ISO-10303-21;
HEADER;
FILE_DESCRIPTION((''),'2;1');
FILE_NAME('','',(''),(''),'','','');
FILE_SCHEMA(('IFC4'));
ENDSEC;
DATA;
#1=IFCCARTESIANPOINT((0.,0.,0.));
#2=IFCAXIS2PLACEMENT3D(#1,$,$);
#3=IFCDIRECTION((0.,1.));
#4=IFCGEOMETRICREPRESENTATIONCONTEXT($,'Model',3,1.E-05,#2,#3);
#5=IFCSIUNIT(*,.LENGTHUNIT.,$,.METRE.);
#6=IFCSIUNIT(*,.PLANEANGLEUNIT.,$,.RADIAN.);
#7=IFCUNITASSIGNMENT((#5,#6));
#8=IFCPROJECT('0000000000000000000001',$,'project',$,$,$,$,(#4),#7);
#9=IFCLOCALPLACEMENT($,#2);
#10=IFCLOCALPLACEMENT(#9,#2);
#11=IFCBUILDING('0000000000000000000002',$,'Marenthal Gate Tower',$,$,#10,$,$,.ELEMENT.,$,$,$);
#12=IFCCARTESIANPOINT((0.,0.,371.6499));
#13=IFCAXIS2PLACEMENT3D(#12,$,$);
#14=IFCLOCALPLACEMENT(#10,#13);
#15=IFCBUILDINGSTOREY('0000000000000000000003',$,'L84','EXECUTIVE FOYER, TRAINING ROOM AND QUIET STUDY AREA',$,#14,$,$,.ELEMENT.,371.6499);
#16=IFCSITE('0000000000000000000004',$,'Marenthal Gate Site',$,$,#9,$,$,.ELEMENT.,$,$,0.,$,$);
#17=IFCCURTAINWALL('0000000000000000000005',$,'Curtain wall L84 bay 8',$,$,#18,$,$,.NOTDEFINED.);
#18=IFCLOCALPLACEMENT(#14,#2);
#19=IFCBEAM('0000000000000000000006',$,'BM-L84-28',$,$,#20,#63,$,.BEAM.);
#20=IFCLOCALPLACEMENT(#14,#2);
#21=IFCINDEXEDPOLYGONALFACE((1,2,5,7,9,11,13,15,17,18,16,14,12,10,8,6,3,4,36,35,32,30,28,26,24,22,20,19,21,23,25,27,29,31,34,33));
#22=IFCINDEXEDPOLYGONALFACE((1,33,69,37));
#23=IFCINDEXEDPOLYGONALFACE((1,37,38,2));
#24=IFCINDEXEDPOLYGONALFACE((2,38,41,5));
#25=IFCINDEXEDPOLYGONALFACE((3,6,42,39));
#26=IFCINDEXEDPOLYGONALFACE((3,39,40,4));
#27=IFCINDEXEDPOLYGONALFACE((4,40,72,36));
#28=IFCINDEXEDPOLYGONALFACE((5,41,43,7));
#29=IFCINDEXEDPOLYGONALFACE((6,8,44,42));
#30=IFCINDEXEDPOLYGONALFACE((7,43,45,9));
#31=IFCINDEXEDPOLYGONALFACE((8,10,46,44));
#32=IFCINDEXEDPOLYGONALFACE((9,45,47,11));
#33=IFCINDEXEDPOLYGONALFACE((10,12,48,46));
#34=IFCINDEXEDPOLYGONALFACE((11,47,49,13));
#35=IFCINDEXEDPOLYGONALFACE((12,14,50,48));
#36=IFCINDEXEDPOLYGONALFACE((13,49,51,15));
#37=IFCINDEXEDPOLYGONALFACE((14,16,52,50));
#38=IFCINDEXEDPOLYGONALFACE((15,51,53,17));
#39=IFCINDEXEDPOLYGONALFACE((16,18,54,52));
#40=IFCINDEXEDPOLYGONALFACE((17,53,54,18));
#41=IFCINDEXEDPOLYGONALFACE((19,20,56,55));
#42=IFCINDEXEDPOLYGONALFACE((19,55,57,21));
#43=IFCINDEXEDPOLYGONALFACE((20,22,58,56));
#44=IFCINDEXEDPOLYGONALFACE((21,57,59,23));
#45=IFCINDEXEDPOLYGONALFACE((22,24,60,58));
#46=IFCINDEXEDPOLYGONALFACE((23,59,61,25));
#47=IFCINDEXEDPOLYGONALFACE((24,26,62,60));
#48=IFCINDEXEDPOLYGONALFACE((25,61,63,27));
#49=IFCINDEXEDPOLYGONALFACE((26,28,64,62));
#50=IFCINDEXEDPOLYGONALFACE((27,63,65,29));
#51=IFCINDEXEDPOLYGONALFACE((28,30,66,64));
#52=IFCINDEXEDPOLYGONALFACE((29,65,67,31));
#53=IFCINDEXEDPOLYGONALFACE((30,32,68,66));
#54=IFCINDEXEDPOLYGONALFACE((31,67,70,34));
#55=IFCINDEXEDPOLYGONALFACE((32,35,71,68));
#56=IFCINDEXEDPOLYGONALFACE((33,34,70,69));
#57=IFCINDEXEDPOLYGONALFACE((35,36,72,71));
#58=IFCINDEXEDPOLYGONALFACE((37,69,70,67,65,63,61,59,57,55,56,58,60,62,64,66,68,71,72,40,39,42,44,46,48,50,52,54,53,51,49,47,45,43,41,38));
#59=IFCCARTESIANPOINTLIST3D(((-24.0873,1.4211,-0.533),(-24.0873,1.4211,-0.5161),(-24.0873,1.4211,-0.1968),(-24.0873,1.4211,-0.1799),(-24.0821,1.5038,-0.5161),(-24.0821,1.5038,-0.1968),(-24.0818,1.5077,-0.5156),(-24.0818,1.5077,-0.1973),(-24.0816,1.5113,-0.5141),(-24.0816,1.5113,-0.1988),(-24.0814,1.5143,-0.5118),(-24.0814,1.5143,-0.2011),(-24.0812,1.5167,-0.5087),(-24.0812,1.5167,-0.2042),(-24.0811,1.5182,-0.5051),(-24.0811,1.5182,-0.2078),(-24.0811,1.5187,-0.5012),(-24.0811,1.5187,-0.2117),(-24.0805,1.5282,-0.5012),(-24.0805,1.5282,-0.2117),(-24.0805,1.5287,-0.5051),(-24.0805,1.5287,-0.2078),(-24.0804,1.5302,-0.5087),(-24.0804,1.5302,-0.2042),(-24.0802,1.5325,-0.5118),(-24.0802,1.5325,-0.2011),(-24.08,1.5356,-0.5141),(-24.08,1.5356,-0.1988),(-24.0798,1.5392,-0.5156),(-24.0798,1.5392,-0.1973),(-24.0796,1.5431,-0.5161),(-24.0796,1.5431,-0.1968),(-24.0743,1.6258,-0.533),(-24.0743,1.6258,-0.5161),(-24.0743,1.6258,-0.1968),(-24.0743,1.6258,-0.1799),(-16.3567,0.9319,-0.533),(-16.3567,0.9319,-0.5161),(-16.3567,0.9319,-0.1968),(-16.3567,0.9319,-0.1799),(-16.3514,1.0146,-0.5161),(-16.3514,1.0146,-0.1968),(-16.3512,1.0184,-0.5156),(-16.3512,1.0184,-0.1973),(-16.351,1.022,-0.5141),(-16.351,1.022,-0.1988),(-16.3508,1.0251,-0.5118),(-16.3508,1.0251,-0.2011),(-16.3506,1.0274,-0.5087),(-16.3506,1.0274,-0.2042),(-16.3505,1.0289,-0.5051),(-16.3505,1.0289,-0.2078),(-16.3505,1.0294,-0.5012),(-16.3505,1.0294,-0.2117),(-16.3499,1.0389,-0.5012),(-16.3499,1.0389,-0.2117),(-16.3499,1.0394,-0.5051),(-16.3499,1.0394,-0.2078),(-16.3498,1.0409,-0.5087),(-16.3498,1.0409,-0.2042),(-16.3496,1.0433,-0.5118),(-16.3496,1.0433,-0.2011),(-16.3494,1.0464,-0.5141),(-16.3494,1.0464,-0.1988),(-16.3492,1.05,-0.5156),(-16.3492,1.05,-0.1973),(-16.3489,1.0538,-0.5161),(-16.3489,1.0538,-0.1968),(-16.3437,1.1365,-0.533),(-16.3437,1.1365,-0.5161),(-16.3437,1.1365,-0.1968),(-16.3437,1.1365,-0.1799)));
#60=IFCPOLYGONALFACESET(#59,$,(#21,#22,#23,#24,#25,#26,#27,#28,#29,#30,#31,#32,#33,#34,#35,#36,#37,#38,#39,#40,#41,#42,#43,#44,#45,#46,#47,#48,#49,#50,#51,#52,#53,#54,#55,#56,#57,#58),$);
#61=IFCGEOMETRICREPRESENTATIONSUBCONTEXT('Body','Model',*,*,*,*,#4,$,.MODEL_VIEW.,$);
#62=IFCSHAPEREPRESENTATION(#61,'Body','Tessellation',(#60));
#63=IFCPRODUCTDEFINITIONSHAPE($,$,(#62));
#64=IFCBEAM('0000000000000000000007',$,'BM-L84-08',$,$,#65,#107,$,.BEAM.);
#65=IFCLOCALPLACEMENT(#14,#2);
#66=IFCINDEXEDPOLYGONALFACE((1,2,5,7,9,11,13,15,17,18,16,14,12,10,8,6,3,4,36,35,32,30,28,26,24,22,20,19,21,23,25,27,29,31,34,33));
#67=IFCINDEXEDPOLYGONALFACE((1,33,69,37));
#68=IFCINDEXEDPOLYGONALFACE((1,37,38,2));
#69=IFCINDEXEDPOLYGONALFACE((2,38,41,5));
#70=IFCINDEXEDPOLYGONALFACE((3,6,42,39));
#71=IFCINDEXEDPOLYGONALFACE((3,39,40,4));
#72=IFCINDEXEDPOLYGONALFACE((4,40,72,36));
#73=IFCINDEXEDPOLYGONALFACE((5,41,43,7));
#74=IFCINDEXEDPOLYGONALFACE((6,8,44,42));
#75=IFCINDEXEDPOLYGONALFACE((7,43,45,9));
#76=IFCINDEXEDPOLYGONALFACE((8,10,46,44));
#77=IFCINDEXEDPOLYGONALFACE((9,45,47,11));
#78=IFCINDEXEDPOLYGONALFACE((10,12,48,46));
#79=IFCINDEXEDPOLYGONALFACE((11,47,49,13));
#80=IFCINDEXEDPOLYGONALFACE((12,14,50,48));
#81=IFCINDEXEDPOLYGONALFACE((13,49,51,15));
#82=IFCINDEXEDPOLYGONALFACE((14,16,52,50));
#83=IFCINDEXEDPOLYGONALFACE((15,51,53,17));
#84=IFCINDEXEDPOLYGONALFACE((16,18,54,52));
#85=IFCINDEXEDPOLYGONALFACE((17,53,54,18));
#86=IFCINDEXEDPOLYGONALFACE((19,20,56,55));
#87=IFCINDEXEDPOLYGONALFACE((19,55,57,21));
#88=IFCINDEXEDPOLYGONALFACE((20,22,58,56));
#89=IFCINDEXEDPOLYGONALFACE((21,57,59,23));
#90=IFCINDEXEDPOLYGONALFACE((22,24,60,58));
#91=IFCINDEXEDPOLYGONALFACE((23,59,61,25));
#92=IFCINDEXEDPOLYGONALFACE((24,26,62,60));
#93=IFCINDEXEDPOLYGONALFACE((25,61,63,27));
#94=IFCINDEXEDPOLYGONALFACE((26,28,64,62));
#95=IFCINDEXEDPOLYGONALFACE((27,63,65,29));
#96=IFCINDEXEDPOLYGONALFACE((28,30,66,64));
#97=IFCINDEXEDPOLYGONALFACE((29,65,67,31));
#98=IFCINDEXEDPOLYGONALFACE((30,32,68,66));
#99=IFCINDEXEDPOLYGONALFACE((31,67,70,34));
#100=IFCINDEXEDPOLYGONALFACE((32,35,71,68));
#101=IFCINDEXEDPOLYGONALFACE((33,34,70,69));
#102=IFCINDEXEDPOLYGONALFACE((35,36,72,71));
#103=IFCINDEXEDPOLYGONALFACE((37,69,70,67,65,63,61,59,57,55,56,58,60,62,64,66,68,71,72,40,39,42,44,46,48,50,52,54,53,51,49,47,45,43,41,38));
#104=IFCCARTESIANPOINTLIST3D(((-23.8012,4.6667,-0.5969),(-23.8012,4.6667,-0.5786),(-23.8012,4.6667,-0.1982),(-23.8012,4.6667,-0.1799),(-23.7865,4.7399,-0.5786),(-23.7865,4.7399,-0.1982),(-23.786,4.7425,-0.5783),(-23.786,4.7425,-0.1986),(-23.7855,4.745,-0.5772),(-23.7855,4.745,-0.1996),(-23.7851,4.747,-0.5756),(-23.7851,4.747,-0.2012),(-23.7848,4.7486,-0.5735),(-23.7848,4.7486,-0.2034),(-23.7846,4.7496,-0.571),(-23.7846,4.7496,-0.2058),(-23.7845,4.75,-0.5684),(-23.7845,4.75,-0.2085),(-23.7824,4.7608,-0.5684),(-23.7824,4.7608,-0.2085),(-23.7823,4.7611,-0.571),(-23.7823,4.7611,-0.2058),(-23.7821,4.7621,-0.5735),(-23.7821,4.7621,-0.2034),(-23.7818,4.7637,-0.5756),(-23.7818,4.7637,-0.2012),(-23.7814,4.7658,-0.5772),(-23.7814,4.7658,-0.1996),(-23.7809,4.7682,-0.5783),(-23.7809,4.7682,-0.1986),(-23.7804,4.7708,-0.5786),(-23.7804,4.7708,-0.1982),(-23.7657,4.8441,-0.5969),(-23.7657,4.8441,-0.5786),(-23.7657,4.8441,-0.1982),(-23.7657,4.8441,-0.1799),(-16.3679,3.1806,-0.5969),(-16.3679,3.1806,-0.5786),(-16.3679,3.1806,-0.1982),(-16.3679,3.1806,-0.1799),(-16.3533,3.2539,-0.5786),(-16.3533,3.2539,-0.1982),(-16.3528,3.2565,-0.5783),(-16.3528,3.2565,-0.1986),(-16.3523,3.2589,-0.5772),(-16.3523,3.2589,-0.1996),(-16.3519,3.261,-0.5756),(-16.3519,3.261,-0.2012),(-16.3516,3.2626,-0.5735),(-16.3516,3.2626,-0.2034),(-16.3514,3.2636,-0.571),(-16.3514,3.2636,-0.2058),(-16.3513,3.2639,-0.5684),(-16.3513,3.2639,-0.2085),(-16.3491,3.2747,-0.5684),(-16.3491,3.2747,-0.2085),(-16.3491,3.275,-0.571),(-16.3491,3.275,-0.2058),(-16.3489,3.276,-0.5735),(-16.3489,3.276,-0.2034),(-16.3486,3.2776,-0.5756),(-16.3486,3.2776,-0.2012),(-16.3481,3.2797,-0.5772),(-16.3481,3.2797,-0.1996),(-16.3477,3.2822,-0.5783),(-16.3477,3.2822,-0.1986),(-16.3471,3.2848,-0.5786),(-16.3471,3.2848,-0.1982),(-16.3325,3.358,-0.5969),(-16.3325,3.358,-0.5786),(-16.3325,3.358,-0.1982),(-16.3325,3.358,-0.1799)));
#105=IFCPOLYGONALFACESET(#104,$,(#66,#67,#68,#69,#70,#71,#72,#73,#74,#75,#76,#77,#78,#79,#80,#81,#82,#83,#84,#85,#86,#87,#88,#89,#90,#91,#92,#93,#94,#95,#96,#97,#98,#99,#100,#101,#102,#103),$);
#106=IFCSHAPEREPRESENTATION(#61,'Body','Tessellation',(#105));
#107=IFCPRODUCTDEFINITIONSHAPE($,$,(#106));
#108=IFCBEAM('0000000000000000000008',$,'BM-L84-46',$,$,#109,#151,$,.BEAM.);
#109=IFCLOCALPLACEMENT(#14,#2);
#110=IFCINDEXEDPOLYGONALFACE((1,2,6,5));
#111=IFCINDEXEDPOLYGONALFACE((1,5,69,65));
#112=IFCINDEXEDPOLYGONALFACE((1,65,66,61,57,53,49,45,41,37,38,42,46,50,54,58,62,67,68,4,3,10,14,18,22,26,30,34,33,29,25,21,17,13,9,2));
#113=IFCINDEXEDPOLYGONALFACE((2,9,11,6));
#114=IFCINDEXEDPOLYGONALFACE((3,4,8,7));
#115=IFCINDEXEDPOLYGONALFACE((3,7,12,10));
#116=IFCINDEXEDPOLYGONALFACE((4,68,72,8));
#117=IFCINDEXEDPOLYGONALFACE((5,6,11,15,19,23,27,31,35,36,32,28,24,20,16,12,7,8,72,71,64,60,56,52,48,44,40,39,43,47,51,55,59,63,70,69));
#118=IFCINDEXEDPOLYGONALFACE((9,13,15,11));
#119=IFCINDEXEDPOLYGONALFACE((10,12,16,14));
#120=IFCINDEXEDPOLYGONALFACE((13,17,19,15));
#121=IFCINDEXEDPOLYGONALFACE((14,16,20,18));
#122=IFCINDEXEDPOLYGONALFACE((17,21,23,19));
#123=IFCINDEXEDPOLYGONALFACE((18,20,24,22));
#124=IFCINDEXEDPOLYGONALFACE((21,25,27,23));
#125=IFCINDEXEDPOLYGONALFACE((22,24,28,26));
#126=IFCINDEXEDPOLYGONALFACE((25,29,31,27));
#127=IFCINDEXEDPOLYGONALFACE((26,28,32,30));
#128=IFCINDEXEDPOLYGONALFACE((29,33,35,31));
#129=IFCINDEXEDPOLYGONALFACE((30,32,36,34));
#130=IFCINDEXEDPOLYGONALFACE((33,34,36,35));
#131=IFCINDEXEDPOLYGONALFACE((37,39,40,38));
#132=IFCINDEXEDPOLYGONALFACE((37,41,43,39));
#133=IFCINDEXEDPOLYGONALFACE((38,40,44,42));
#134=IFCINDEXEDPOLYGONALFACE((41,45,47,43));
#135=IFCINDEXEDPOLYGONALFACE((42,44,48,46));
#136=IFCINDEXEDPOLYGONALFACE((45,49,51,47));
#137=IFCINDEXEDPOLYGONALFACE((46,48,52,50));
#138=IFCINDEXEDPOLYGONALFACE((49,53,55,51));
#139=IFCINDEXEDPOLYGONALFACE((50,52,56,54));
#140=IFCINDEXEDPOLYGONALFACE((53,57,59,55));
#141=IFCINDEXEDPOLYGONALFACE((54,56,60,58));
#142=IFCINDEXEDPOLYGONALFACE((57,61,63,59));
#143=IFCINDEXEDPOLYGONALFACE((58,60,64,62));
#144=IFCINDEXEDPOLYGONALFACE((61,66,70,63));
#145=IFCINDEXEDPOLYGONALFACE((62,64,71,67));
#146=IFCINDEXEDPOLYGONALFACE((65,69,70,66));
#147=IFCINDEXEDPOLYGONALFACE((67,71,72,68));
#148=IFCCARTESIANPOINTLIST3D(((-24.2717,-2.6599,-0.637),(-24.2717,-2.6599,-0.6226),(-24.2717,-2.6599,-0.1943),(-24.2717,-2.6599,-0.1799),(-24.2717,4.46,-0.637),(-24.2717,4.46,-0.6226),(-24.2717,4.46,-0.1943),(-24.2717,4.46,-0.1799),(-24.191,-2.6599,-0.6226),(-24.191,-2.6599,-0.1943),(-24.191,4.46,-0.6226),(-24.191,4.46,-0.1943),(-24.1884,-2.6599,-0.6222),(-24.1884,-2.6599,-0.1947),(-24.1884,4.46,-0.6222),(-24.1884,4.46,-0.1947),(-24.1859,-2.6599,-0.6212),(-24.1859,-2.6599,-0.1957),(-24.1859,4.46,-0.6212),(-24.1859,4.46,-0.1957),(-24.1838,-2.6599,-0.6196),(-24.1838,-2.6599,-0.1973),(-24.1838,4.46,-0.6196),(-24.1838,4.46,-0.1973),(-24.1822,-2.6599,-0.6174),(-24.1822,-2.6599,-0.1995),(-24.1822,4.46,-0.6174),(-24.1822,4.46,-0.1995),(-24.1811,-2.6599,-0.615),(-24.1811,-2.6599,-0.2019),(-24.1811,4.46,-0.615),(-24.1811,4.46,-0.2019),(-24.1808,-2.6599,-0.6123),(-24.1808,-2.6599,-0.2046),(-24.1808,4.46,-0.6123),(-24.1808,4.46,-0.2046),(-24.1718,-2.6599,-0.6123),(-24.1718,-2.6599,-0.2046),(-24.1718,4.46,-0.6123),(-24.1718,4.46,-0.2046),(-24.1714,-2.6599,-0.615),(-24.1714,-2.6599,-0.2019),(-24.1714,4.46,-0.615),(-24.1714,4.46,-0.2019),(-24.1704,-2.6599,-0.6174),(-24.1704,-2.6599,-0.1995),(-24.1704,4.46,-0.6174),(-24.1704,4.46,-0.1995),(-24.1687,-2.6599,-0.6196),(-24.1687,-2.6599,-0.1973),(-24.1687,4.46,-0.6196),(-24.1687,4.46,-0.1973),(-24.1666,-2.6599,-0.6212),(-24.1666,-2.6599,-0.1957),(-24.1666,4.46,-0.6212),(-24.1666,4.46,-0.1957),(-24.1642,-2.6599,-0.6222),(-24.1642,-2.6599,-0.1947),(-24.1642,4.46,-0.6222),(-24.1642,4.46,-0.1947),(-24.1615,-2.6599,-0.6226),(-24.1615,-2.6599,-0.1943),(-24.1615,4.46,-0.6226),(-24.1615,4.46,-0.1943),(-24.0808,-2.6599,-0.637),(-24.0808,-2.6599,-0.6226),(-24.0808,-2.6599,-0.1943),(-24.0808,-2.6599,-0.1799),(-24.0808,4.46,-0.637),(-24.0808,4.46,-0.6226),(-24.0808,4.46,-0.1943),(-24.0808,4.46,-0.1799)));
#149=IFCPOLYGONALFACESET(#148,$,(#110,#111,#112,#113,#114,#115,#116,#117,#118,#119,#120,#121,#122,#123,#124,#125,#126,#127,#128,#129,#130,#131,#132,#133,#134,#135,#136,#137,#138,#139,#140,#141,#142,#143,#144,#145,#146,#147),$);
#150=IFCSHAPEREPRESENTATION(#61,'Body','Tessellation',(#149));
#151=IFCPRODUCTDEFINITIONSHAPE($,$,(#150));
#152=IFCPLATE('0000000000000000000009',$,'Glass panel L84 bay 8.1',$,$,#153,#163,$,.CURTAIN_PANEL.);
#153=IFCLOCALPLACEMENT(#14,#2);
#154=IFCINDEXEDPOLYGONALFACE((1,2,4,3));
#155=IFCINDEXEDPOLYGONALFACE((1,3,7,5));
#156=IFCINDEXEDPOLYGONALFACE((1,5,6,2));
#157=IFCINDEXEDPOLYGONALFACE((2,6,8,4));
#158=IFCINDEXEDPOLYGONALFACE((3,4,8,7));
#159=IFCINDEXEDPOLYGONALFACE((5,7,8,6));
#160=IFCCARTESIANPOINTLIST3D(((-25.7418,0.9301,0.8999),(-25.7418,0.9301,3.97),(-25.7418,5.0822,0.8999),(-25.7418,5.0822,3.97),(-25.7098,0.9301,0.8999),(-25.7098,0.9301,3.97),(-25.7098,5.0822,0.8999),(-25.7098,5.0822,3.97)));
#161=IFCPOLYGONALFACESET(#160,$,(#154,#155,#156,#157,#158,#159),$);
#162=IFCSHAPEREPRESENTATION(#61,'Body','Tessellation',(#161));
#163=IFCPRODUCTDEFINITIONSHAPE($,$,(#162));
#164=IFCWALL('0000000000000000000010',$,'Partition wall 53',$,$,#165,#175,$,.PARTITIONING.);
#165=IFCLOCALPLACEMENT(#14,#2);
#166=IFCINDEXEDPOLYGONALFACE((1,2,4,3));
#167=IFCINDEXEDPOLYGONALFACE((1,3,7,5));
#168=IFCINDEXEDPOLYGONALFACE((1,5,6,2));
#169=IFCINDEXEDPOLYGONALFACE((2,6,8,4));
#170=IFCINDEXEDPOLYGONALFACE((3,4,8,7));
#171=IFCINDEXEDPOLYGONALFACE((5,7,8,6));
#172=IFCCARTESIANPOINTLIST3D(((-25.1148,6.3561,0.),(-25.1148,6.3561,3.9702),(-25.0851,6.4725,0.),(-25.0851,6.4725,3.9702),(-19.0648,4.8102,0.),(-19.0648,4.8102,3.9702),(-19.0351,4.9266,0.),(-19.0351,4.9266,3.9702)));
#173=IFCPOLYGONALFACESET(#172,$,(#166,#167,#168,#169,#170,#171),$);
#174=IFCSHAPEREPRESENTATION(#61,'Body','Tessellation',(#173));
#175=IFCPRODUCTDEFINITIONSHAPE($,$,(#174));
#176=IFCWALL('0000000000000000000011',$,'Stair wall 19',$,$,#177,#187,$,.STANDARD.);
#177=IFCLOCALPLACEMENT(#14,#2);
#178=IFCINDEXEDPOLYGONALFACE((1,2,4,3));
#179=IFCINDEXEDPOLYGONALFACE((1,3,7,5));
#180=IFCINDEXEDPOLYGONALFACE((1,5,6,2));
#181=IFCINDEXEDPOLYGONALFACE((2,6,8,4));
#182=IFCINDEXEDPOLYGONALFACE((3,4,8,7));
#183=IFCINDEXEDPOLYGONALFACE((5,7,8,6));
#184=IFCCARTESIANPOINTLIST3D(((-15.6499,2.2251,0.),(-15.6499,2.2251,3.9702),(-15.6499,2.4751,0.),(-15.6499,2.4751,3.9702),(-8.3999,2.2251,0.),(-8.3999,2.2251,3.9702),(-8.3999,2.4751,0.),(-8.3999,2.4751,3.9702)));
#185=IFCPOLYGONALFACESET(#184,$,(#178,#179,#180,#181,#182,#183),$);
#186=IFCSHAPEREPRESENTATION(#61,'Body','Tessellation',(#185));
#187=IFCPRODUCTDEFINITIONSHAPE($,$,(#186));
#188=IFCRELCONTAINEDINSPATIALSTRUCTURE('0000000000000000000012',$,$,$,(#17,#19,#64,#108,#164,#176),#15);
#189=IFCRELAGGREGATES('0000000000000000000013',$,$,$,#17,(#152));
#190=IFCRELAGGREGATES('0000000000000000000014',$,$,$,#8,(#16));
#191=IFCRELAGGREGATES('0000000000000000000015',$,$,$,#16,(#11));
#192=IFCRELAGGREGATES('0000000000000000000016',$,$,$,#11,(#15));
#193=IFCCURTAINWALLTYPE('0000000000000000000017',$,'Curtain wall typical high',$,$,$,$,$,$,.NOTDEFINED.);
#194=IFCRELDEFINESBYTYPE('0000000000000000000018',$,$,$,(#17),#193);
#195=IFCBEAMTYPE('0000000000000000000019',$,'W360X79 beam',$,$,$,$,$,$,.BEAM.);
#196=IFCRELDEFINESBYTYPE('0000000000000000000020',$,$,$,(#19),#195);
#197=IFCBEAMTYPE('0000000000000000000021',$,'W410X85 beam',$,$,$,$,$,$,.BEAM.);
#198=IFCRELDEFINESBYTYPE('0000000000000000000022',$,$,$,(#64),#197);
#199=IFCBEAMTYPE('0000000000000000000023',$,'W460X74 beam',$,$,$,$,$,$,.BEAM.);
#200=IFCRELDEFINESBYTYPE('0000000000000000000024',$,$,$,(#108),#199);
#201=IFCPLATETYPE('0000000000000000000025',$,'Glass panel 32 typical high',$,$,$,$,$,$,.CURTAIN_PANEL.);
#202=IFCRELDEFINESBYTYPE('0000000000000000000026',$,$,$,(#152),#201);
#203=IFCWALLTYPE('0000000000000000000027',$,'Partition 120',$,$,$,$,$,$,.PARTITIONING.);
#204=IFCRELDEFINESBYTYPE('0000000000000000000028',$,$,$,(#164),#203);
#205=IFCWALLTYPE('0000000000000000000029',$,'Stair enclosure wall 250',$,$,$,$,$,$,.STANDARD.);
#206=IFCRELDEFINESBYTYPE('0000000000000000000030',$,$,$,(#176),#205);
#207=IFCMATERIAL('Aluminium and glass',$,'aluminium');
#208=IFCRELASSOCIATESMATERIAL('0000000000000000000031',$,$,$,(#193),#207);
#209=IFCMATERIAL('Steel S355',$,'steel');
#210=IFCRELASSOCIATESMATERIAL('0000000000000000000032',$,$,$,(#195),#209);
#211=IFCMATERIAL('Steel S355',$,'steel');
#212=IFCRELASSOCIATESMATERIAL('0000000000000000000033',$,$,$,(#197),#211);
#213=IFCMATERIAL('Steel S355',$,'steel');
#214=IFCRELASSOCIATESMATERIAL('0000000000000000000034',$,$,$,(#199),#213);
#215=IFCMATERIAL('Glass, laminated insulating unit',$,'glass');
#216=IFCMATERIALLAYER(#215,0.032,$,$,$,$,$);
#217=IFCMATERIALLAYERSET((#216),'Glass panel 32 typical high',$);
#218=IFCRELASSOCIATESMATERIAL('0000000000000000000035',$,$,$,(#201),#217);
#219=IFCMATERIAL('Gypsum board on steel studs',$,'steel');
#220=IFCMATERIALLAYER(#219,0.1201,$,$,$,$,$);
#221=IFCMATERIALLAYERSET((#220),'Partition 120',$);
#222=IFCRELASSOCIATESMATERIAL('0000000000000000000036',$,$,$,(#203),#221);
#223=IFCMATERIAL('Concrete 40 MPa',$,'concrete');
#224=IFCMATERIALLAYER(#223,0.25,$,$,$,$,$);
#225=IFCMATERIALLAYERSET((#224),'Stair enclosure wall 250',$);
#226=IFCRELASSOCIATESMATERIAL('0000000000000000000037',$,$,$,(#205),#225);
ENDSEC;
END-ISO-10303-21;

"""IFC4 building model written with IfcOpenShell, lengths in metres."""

from ifc_helpers import new_model, si_unit, direction, frame, frame_2d, origin, origin_2d, place, context, subcontext, project, spatial, rectangle, i_section, extrude, material, layer, layer_set, material_profile, profile_set, type_object, element, aggregate, save


model = new_model("IFC4")

# Units and contexts
model_context = context("Model", 3, precision=1e-05, world=origin(), true_north=direction((0.0, 1.0)))
body_context = subcontext(model_context, "Body", "Model", "MODEL_VIEW")
ifc_project = project(units=[si_unit("LENGTHUNIT", "METRE"), si_unit("PLANEANGLEUNIT", "RADIAN")], contexts=[model_context])

# Site, building, storey
site_placement = place(None, origin())
site = spatial("IfcSite", under=ifc_project, at=site_placement, Name="Marenthal Gate Site", CompositionType="ELEMENT", RefElevation=0.0)
building_placement = place(site_placement, origin())
building = spatial("IfcBuilding", under=site, at=building_placement, Name="Marenthal Gate Tower", CompositionType="ELEMENT")
storey_placement = place(building_placement, frame((0.0, 0.0, 371.6499)))
storey = spatial("IfcBuildingStorey", under=building, at=storey_placement, Name="L84", Description="EXECUTIVE FOYER, TRAINING ROOM AND QUIET STUDY AREA", CompositionType="ELEMENT", Elevation=371.6499)

# Curtain wall
ifc_material_1 = material(Name="Aluminium and glass", Category="aluminium")
curtain_wall_type = type_object("IfcCurtainWallType", Name="Curtain wall typical high", PredefinedType="NOTDEFINED", material=ifc_material_1)
curtain_wall_placement = place(storey_placement, origin())
curtain_wall = element("IfcCurtainWall", 1, at=curtain_wall_placement, inside=storey, type_object=curtain_wall_type, Name="Curtain wall L84 bay 8", PredefinedType="NOTDEFINED")

# Beams
ifc_material_2 = material(Name="Steel S355", Category="steel")
ifc_material_profile_1 = material_profile(ifc_material_2, i_section(OverallWidth=0.2051, OverallDepth=0.353, WebThickness=0.0095, FlangeThickness=0.0168, FilletRadius=0.0149, at=origin_2d()), Name="W360X79")
ifc_profile_set_1 = profile_set([ifc_material_profile_1], Name="Steel S355")
beam_type_1 = type_object("IfcBeamType", Name="W360X79 beam", PredefinedType="BEAM", material=ifc_profile_set_1)
beam_1_placement = place(storey_placement, frame((-24.0808, 1.5234, -0.3564), z_axis=(0.998003, -0.063161, 0.0), x_axis=(0.063161, 0.998003, 0.0)))
element("IfcBeam", 2, at=beam_1_placement, inside=storey, type_object=beam_type_1, Name="BM-L84-28", PredefinedType="BEAM", context=body_context, shape_type="SweptSolid", body=[
    extrude(i_section(OverallWidth=0.2051, OverallDepth=0.353, WebThickness=0.0095, FlangeThickness=0.0168, FilletRadius=0.0149, at=origin_2d()), origin(), (0.0, 0.0, 1.0), 7.7461),
])
ifc_material_3 = material(Name="Steel S355", Category="steel")
ifc_material_profile_2 = material_profile(ifc_material_3, i_section(OverallWidth=0.1809, OverallDepth=0.417, WebThickness=0.011, FlangeThickness=0.0183, FilletRadius=0.0103, at=origin_2d()), Name="W410X85")
ifc_profile_set_2 = profile_set([ifc_material_profile_2], Name="Steel S355")
beam_type_2 = type_object("IfcBeamType", Name="W410X85 beam", PredefinedType="BEAM", material=ifc_profile_set_2)
beam_2_placement = place(storey_placement, frame((-23.7834, 4.7554, -0.3884), z_axis=(0.980596, -0.196042, 0.0), x_axis=(0.196042, 0.980596, 0.0)))
element("IfcBeam", 3, at=beam_2_placement, inside=storey, type_object=beam_type_2, Name="BM-L84-08", PredefinedType="BEAM", context=body_context, shape_type="SweptSolid", body=[
    extrude(i_section(OverallWidth=0.1809, OverallDepth=0.417, WebThickness=0.011, FlangeThickness=0.0183, FilletRadius=0.0103, at=origin_2d()), origin(), (0.0, 0.0, 1.0), 7.5803),
])
ifc_material_4 = material(Name="Steel S355", Category="steel")
ifc_material_profile_3 = material_profile(ifc_material_4, i_section(OverallWidth=0.1909, OverallDepth=0.457, WebThickness=0.009, FlangeThickness=0.0144, FilletRadius=0.0103, at=origin_2d()), Name="W460X74")
ifc_profile_set_3 = profile_set([ifc_material_profile_3], Name="Steel S355")
beam_type_3 = type_object("IfcBeamType", Name="W460X74 beam", PredefinedType="BEAM", material=ifc_profile_set_3)
beam_3_placement = place(storey_placement, frame((-24.1763, 4.46, -0.4084), z_axis=(0.0, -1.0, 0.0), x_axis=(1.0, 0.0, 0.0)))
element("IfcBeam", 4, at=beam_3_placement, inside=storey, type_object=beam_type_3, Name="BM-L84-46", PredefinedType="BEAM", context=body_context, shape_type="SweptSolid", body=[
    extrude(i_section(OverallWidth=0.1909, OverallDepth=0.457, WebThickness=0.009, FlangeThickness=0.0144, FilletRadius=0.0103, at=origin_2d()), origin(), (0.0, 0.0, 1.0), 7.1199),
])

# Plate
ifc_material_5 = material(Name="Glass, laminated insulating unit", Category="glass")
ifc_layer_1 = layer(ifc_material_5, 0.032)
ifc_layer_set_1 = layer_set([ifc_layer_1], Name="Glass panel 32 typical high")
plate_type = type_object("IfcPlateType", Name="Glass panel 32 typical high", PredefinedType="CURTAIN_PANEL", material=ifc_layer_set_1)
plate_placement = place(storey_placement, frame((-25.7258, 3.0061, 0.8999), z_axis=(0.0, 0.0, 1.0), x_axis=(0.0, -1.0, 0.0)))
plate = element("IfcPlate", 5, at=plate_placement, type_object=plate_type, Name="Glass panel L84 bay 8.1", PredefinedType="CURTAIN_PANEL", context=body_context, shape_type="SweptSolid", body=[
    extrude(rectangle(XDim=4.1521, YDim=0.032, at=origin_2d()), origin(), (0.0, 0.0, 1.0), 3.0701),
])
aggregate(curtain_wall, [plate])

# Walls
ifc_material_6 = material(Name="Gypsum board on steel studs", Category="steel")
ifc_layer_2 = layer(ifc_material_6, 0.1201)
ifc_layer_set_2 = layer_set([ifc_layer_2], Name="Partition 120")
wall_type_1 = type_object("IfcWallType", Name="Partition 120", PredefinedType="PARTITIONING", material=ifc_layer_set_2)
wall_1_placement = place(storey_placement, frame((-19.05, 4.8684, 0.0), z_axis=(0.0, 0.0, 1.0), x_axis=(-0.968871, 0.247564, 0.0)))
element("IfcWall", 6, at=wall_1_placement, inside=storey, type_object=wall_type_1, Name="Partition wall 53", PredefinedType="PARTITIONING", context=body_context, shape_type="SweptSolid", body=[
    extrude(rectangle(XDim=6.2444, YDim=0.1201, at=frame_2d((3.1221, 0.0))), origin(), (0.0, 0.0, 1.0), 3.9702),
])
ifc_material_7 = material(Name="Concrete 40 MPa", Category="concrete")
ifc_layer_3 = layer(ifc_material_7, 0.25)
ifc_layer_set_3 = layer_set([ifc_layer_3], Name="Stair enclosure wall 250")
wall_type_2 = type_object("IfcWallType", Name="Stair enclosure wall 250", PredefinedType="STANDARD", material=ifc_layer_set_3)
wall_2_placement = place(storey_placement, frame((-15.6499, 2.3501, 0.0), z_axis=(0.0, 0.0, 1.0), x_axis=(1.0, 0.0, 0.0)))
element("IfcWall", 7, at=wall_2_placement, inside=storey, type_object=wall_type_2, Name="Stair wall 19", PredefinedType="STANDARD", context=body_context, shape_type="SweptSolid", body=[
    extrude(rectangle(XDim=7.25, YDim=0.25, at=frame_2d((3.625, 0.0))), origin(), (0.0, 0.0, 1.0), 3.9702),
])

save(model, "model.ifc")
